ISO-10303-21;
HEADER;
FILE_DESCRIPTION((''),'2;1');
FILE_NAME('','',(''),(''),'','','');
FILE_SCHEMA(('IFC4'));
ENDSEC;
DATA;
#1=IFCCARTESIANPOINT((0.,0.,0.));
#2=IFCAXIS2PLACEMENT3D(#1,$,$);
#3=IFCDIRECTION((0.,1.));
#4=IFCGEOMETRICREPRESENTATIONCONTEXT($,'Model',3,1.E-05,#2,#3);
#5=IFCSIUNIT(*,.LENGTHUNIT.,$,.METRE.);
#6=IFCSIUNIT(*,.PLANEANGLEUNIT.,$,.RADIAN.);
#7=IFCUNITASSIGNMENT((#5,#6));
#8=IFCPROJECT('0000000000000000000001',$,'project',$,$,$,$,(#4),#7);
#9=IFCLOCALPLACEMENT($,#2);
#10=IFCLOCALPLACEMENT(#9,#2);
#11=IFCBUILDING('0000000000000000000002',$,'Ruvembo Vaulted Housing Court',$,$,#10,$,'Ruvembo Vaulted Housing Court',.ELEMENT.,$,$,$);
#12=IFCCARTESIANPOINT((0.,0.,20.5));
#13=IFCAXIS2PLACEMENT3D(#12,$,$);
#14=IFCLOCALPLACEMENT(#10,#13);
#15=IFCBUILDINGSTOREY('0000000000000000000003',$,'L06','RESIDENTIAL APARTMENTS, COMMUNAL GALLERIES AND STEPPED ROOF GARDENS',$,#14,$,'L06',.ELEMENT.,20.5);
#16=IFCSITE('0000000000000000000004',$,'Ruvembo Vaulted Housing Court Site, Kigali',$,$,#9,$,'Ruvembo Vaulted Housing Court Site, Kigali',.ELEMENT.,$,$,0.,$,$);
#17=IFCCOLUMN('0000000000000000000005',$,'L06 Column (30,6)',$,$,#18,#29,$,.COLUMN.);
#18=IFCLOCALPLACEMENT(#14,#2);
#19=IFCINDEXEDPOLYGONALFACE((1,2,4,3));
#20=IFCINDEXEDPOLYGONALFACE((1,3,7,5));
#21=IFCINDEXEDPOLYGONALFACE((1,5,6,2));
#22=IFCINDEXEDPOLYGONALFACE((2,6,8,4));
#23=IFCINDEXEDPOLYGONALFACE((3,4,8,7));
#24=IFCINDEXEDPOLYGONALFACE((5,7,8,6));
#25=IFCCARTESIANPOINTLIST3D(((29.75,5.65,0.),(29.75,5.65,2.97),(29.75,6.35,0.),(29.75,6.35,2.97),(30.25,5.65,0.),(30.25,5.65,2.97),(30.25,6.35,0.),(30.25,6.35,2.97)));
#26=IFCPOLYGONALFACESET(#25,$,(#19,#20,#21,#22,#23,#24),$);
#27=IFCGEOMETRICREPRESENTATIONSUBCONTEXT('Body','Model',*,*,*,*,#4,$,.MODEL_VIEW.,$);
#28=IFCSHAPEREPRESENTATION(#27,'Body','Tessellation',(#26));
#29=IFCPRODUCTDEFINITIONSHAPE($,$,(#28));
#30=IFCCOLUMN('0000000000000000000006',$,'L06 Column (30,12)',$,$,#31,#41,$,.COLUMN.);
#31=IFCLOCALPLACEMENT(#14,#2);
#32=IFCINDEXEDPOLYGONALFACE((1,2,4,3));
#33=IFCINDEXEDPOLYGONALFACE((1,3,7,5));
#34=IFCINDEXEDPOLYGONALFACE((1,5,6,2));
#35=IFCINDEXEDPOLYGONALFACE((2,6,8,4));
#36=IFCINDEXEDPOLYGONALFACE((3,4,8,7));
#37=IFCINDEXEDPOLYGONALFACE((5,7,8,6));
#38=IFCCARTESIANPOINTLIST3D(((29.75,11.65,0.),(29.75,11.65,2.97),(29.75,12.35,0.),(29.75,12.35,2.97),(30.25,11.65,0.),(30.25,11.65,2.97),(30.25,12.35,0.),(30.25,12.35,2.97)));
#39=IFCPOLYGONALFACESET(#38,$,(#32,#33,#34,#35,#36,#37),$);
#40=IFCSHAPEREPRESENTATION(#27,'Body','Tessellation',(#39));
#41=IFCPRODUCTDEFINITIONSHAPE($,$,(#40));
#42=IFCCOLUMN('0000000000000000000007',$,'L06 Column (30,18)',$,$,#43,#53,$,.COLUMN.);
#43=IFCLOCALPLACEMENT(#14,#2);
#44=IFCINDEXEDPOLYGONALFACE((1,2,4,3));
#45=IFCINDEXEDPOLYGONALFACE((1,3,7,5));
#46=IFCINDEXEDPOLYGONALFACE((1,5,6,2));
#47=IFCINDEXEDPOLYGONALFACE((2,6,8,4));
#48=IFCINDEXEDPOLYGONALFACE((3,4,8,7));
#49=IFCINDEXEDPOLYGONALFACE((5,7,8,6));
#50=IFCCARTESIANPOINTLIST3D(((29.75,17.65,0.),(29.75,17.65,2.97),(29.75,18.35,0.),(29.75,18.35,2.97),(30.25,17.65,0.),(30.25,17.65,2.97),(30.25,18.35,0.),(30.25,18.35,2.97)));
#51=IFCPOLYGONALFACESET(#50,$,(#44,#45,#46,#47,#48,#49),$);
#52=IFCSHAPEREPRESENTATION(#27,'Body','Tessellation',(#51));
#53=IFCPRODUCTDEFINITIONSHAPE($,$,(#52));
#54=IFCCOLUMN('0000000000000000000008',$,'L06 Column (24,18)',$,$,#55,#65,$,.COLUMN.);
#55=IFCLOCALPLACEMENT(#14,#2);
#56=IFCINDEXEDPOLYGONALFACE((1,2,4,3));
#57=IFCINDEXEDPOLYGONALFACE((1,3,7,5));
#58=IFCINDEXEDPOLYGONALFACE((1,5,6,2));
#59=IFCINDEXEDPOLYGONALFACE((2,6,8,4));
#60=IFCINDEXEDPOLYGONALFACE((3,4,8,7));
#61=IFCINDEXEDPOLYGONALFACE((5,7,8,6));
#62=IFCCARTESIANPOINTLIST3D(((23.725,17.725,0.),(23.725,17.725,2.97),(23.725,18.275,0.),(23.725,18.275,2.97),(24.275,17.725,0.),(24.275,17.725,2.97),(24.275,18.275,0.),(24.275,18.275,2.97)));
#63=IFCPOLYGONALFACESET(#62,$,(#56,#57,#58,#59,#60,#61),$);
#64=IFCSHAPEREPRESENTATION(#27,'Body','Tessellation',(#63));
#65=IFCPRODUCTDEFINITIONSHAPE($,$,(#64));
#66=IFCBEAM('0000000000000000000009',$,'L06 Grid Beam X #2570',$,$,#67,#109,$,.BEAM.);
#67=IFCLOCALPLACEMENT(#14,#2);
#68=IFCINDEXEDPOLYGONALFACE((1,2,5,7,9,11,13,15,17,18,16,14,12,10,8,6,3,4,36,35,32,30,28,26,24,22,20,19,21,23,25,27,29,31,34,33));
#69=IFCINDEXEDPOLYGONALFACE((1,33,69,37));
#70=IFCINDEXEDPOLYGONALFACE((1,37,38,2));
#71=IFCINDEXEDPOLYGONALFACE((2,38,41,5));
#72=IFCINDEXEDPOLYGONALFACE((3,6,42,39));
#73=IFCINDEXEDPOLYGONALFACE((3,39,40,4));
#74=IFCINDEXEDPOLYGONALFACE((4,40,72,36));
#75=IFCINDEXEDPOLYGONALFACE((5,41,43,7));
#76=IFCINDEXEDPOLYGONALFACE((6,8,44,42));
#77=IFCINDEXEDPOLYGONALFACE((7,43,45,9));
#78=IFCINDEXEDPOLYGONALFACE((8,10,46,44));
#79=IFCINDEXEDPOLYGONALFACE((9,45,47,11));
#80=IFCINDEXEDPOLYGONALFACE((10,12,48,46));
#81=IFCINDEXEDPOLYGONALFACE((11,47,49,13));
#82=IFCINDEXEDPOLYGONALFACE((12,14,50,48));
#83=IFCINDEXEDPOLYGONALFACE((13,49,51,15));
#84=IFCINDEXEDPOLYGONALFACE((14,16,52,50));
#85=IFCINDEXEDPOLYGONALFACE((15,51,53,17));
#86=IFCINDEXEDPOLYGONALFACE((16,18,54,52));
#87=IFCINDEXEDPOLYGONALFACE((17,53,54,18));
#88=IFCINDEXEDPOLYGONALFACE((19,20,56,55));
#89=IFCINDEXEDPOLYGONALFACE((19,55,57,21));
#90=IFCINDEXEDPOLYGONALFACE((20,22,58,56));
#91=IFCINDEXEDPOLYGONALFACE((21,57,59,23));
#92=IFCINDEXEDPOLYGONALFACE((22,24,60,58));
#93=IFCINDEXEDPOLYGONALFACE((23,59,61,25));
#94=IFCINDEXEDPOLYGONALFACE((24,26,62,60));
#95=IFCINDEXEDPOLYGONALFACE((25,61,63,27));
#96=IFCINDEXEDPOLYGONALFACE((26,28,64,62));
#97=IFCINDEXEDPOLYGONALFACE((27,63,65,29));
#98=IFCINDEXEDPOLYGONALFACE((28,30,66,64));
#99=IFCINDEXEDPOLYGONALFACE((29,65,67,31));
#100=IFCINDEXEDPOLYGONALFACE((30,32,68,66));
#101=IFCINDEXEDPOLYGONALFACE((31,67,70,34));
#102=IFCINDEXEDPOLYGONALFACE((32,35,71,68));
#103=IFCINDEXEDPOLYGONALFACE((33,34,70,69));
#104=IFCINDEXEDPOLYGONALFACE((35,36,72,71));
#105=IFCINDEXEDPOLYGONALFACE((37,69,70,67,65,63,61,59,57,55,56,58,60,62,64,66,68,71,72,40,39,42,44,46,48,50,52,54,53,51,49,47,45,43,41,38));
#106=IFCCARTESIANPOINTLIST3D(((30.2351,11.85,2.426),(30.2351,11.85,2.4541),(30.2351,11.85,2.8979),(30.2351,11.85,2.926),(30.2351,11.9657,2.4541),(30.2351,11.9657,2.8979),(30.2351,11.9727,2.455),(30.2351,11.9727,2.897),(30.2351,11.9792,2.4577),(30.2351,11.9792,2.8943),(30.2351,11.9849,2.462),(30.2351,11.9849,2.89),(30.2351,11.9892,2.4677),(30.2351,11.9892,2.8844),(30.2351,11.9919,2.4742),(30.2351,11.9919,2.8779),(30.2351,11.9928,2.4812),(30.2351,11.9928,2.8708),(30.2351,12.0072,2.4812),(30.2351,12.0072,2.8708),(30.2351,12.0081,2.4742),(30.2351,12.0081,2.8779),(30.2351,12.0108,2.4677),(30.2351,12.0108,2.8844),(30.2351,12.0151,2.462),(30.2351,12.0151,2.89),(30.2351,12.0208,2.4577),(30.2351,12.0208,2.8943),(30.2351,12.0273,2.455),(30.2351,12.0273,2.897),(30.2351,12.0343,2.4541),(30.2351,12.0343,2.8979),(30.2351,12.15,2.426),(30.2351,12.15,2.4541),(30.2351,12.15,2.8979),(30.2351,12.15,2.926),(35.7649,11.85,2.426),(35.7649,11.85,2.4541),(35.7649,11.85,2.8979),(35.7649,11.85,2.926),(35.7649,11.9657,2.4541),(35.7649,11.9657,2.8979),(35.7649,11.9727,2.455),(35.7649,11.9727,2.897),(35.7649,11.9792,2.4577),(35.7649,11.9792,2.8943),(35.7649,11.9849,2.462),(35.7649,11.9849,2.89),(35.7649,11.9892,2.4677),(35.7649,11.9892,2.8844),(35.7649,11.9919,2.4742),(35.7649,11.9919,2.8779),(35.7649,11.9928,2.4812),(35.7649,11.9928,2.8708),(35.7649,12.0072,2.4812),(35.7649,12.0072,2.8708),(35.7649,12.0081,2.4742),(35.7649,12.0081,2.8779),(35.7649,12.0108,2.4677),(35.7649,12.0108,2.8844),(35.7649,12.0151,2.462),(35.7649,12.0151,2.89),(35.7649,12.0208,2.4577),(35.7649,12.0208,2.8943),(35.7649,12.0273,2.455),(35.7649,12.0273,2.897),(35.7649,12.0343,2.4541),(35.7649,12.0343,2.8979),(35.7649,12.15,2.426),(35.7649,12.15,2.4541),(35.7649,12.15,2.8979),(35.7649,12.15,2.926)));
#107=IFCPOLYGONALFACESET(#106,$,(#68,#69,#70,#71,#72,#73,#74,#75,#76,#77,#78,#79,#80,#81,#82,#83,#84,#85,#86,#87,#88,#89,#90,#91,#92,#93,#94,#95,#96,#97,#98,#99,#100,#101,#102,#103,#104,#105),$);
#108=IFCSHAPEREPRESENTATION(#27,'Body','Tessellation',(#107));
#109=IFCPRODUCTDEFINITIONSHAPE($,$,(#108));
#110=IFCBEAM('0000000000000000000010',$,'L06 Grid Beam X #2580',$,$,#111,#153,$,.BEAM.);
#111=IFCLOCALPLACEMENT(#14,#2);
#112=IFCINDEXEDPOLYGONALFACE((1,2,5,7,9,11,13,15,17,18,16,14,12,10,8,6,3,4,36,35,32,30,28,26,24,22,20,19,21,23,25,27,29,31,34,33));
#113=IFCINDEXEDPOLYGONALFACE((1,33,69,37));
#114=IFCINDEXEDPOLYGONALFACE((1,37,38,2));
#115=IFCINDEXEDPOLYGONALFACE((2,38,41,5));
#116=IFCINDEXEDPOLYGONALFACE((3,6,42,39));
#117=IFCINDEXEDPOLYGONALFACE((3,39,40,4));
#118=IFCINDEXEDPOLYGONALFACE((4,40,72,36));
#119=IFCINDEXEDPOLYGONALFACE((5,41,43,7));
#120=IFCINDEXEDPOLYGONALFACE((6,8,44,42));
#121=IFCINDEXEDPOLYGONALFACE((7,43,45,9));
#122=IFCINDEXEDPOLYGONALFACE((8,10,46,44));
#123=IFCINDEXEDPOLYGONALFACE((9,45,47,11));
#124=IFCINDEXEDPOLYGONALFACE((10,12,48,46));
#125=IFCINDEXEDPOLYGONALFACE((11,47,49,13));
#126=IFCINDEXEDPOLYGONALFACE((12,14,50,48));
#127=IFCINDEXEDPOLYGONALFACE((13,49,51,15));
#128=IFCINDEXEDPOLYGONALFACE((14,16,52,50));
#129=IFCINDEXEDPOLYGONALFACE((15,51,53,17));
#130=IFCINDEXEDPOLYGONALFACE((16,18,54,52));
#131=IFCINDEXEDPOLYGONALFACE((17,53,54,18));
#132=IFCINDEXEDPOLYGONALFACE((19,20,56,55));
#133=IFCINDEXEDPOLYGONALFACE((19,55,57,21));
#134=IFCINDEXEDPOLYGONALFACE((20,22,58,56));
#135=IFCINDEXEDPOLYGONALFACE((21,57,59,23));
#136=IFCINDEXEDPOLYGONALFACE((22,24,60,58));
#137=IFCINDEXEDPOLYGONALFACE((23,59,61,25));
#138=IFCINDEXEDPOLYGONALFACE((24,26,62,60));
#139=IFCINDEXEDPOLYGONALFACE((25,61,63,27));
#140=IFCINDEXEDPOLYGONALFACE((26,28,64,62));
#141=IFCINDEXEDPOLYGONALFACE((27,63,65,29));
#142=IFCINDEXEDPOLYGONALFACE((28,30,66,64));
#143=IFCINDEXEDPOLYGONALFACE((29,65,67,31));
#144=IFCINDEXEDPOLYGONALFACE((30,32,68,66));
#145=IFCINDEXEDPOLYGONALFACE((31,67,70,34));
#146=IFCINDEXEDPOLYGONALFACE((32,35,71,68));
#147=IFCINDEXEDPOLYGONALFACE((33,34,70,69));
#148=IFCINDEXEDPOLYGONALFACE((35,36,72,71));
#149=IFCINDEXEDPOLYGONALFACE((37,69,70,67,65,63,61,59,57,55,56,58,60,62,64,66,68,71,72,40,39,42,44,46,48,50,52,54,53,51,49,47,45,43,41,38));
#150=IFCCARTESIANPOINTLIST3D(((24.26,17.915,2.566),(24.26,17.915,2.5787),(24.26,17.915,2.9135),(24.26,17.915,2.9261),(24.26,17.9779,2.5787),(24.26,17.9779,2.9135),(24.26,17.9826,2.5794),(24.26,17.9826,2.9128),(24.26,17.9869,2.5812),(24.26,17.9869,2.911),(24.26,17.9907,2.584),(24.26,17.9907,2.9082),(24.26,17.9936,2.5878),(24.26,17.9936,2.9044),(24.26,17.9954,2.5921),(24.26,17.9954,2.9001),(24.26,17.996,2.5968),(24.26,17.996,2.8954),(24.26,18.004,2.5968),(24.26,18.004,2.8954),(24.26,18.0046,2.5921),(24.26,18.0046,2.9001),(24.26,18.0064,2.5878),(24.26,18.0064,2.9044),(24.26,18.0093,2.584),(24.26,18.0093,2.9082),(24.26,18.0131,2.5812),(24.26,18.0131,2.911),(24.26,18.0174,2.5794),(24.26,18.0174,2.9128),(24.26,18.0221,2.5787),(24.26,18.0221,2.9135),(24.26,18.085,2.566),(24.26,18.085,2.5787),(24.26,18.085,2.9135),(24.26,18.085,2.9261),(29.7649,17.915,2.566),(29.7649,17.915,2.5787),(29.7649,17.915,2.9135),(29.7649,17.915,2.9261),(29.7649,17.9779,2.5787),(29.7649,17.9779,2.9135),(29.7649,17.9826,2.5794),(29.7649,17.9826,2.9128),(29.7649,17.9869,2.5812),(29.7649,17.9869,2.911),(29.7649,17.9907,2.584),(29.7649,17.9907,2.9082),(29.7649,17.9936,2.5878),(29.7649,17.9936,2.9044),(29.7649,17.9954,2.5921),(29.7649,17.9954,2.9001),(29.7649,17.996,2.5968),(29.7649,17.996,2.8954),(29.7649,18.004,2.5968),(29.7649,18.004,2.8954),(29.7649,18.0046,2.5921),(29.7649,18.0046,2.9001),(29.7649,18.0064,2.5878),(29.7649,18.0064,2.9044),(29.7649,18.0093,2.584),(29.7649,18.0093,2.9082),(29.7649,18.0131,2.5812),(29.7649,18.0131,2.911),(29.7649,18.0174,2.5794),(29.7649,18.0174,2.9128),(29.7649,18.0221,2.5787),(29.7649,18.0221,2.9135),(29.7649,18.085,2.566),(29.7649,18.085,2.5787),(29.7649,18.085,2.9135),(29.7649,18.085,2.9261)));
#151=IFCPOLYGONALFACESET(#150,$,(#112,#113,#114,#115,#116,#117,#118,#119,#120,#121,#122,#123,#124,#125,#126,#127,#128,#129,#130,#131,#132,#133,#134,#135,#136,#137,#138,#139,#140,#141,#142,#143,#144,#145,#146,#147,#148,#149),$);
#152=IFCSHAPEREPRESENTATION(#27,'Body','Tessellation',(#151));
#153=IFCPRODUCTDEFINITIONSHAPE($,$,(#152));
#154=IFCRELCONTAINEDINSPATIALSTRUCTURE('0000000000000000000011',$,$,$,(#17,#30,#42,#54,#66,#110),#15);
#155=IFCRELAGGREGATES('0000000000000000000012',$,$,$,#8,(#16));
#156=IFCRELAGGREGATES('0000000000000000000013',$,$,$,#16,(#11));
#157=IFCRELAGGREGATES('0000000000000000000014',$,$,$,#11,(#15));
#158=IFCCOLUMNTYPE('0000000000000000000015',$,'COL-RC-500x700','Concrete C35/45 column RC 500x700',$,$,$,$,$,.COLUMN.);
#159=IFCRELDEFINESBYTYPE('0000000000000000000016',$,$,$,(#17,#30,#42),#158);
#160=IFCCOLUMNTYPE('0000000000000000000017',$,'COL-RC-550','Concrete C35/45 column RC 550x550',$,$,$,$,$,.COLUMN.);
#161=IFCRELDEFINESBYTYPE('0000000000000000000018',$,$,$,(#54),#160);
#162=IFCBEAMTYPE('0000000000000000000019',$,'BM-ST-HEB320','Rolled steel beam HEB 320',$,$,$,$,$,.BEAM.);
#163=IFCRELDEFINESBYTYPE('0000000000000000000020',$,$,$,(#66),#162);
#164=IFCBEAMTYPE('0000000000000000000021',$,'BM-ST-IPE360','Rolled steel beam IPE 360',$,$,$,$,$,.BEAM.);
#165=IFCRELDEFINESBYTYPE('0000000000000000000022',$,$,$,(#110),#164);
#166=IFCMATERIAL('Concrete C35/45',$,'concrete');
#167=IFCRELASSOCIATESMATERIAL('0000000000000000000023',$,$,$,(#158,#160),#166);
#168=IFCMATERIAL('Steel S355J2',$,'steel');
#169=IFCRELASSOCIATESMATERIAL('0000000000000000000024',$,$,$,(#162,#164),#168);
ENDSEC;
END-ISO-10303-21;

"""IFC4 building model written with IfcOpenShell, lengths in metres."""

from ifc_helpers import new_model, si_unit, direction, frame, origin, origin_2d, place, context, subcontext, project, spatial, rectangle, i_section, extrude, material, material_profile, profile_set, type_object, element, save


model = new_model("IFC4")

# Units and contexts
model_context = context("Model", 3, precision=1e-05, world=origin(), true_north=direction((0.0, 1.0)))
body_context = subcontext(model_context, "Body", "Model", "MODEL_VIEW")
ifc_project = project(units=[si_unit("LENGTHUNIT", "METRE"), si_unit("PLANEANGLEUNIT", "RADIAN")], contexts=[model_context])

# Site, building, storey
site_placement = place(None, origin())
site = spatial("IfcSite", under=ifc_project, at=site_placement, Name="Ruvembo Vaulted Housing Court Site, Kigali", LongName="Ruvembo Vaulted Housing Court Site, Kigali", CompositionType="ELEMENT", RefElevation=0.0)
building_placement = place(site_placement, origin())
building = spatial("IfcBuilding", under=site, at=building_placement, Name="Ruvembo Vaulted Housing Court", LongName="Ruvembo Vaulted Housing Court", CompositionType="ELEMENT")
storey_placement = place(building_placement, frame((0.0, 0.0, 20.5)))
storey = spatial("IfcBuildingStorey", under=building, at=storey_placement, Name="L06", Description="RESIDENTIAL APARTMENTS, COMMUNAL GALLERIES AND STEPPED ROOF GARDENS", LongName="L06", CompositionType="ELEMENT", Elevation=20.5)

# Columns
ifc_material_1 = material(Name="Concrete C35/45", Category="concrete")
ifc_material_profile_1 = material_profile(ifc_material_1, rectangle(XDim=0.5, YDim=0.7, at=origin_2d()), Name="RC 500x700")
ifc_profile_set_1 = profile_set([ifc_material_profile_1], Name="Concrete C35/45")
column_type_1 = type_object("IfcColumnType", Name="COL-RC-500x700", Description="Concrete C35/45 column RC 500x700", PredefinedType="COLUMN", material=ifc_profile_set_1)
for number, where, z_axis, x_axis, name in (
    (1, (30.0, 6.0, 0.0), (0.0, 0.0, 1.0), (1.0, 0.0, 0.0), "L06 Column (30,6)"),
    (2, (30.0, 12.0, 0.0), (0.0, 0.0, 1.0), (1.0, 0.0, 0.0), "L06 Column (30,12)"),
    (3, (30.0, 18.0, 0.0), (0.0, 0.0, 1.0), (1.0, 0.0, 0.0), "L06 Column (30,18)"),
):
    element("IfcColumn", number, at=place(storey_placement, frame(where, z_axis=z_axis, x_axis=x_axis)), inside=storey, type_object=column_type_1, Name=name, PredefinedType="COLUMN", context=body_context, shape_type="SweptSolid", body=[
        extrude(rectangle(XDim=0.5, YDim=0.7, at=origin_2d()), origin(), (0.0, 0.0, 1.0), 2.97),
    ])
ifc_material_profile_2 = material_profile(ifc_material_1, rectangle(XDim=0.55, YDim=0.55, at=origin_2d()), Name="RC 550x550")
ifc_profile_set_2 = profile_set([ifc_material_profile_2], Name="Concrete C35/45")
column_type_2 = type_object("IfcColumnType", Name="COL-RC-550", Description="Concrete C35/45 column RC 550x550", PredefinedType="COLUMN", material=ifc_profile_set_2)
column_placement = place(storey_placement, frame((24.0, 18.0, 0.0), z_axis=(0.0, 0.0, 1.0), x_axis=(1.0, 0.0, 0.0)))
element("IfcColumn", 4, at=column_placement, inside=storey, type_object=column_type_2, Name="L06 Column (24,18)", PredefinedType="COLUMN", context=body_context, shape_type="SweptSolid", body=[
    extrude(rectangle(XDim=0.55, YDim=0.55, at=origin_2d()), origin(), (0.0, 0.0, 1.0), 2.97),
])

# Beams
ifc_material_2 = material(Name="Steel S355J2", Category="steel")
ifc_material_profile_3 = material_profile(ifc_material_2, i_section(OverallWidth=0.3, OverallDepth=0.5, WebThickness=0.0144, FlangeThickness=0.0281, FilletRadius=0.0271, at=origin_2d()), Name="HEB 320")
ifc_profile_set_3 = profile_set([ifc_material_profile_3], Name="Steel S355J2")
beam_type_1 = type_object("IfcBeamType", Name="BM-ST-HEB320", Description="Rolled steel beam HEB 320", PredefinedType="BEAM", material=ifc_profile_set_3)
beam_1_placement = place(storey_placement, frame((30.2351, 12.0, 2.676), z_axis=(1.0, 0.0, 0.0), x_axis=(0.0, 1.0, 0.0)))
element("IfcBeam", 5, at=beam_1_placement, inside=storey, type_object=beam_type_1, Name="L06 Grid Beam X #2570", PredefinedType="BEAM", context=body_context, shape_type="SweptSolid", body=[
    extrude(i_section(OverallWidth=0.3, OverallDepth=0.5, WebThickness=0.0144, FlangeThickness=0.0281, FilletRadius=0.0271, at=origin_2d()), origin(), (0.0, 0.0, 1.0), 5.5298),
])
ifc_material_profile_4 = material_profile(ifc_material_2, i_section(OverallWidth=0.1699, OverallDepth=0.3601, WebThickness=0.0081, FlangeThickness=0.0127, FilletRadius=0.0181, at=origin_2d()), Name="IPE 360")
ifc_profile_set_4 = profile_set([ifc_material_profile_4], Name="Steel S355J2")
beam_type_2 = type_object("IfcBeamType", Name="BM-ST-IPE360", Description="Rolled steel beam IPE 360", PredefinedType="BEAM", material=ifc_profile_set_4)
beam_2_placement = place(storey_placement, frame((24.26, 18.0, 2.7461), z_axis=(1.0, 0.0, 0.0), x_axis=(0.0, 1.0, 0.0)))
element("IfcBeam", 6, at=beam_2_placement, inside=storey, type_object=beam_type_2, Name="L06 Grid Beam X #2580", PredefinedType="BEAM", context=body_context, shape_type="SweptSolid", body=[
    extrude(i_section(OverallWidth=0.1699, OverallDepth=0.3601, WebThickness=0.0081, FlangeThickness=0.0127, FilletRadius=0.0181, at=origin_2d()), origin(), (0.0, 0.0, 1.0), 5.5049),
])

save(model, "model.ifc")
